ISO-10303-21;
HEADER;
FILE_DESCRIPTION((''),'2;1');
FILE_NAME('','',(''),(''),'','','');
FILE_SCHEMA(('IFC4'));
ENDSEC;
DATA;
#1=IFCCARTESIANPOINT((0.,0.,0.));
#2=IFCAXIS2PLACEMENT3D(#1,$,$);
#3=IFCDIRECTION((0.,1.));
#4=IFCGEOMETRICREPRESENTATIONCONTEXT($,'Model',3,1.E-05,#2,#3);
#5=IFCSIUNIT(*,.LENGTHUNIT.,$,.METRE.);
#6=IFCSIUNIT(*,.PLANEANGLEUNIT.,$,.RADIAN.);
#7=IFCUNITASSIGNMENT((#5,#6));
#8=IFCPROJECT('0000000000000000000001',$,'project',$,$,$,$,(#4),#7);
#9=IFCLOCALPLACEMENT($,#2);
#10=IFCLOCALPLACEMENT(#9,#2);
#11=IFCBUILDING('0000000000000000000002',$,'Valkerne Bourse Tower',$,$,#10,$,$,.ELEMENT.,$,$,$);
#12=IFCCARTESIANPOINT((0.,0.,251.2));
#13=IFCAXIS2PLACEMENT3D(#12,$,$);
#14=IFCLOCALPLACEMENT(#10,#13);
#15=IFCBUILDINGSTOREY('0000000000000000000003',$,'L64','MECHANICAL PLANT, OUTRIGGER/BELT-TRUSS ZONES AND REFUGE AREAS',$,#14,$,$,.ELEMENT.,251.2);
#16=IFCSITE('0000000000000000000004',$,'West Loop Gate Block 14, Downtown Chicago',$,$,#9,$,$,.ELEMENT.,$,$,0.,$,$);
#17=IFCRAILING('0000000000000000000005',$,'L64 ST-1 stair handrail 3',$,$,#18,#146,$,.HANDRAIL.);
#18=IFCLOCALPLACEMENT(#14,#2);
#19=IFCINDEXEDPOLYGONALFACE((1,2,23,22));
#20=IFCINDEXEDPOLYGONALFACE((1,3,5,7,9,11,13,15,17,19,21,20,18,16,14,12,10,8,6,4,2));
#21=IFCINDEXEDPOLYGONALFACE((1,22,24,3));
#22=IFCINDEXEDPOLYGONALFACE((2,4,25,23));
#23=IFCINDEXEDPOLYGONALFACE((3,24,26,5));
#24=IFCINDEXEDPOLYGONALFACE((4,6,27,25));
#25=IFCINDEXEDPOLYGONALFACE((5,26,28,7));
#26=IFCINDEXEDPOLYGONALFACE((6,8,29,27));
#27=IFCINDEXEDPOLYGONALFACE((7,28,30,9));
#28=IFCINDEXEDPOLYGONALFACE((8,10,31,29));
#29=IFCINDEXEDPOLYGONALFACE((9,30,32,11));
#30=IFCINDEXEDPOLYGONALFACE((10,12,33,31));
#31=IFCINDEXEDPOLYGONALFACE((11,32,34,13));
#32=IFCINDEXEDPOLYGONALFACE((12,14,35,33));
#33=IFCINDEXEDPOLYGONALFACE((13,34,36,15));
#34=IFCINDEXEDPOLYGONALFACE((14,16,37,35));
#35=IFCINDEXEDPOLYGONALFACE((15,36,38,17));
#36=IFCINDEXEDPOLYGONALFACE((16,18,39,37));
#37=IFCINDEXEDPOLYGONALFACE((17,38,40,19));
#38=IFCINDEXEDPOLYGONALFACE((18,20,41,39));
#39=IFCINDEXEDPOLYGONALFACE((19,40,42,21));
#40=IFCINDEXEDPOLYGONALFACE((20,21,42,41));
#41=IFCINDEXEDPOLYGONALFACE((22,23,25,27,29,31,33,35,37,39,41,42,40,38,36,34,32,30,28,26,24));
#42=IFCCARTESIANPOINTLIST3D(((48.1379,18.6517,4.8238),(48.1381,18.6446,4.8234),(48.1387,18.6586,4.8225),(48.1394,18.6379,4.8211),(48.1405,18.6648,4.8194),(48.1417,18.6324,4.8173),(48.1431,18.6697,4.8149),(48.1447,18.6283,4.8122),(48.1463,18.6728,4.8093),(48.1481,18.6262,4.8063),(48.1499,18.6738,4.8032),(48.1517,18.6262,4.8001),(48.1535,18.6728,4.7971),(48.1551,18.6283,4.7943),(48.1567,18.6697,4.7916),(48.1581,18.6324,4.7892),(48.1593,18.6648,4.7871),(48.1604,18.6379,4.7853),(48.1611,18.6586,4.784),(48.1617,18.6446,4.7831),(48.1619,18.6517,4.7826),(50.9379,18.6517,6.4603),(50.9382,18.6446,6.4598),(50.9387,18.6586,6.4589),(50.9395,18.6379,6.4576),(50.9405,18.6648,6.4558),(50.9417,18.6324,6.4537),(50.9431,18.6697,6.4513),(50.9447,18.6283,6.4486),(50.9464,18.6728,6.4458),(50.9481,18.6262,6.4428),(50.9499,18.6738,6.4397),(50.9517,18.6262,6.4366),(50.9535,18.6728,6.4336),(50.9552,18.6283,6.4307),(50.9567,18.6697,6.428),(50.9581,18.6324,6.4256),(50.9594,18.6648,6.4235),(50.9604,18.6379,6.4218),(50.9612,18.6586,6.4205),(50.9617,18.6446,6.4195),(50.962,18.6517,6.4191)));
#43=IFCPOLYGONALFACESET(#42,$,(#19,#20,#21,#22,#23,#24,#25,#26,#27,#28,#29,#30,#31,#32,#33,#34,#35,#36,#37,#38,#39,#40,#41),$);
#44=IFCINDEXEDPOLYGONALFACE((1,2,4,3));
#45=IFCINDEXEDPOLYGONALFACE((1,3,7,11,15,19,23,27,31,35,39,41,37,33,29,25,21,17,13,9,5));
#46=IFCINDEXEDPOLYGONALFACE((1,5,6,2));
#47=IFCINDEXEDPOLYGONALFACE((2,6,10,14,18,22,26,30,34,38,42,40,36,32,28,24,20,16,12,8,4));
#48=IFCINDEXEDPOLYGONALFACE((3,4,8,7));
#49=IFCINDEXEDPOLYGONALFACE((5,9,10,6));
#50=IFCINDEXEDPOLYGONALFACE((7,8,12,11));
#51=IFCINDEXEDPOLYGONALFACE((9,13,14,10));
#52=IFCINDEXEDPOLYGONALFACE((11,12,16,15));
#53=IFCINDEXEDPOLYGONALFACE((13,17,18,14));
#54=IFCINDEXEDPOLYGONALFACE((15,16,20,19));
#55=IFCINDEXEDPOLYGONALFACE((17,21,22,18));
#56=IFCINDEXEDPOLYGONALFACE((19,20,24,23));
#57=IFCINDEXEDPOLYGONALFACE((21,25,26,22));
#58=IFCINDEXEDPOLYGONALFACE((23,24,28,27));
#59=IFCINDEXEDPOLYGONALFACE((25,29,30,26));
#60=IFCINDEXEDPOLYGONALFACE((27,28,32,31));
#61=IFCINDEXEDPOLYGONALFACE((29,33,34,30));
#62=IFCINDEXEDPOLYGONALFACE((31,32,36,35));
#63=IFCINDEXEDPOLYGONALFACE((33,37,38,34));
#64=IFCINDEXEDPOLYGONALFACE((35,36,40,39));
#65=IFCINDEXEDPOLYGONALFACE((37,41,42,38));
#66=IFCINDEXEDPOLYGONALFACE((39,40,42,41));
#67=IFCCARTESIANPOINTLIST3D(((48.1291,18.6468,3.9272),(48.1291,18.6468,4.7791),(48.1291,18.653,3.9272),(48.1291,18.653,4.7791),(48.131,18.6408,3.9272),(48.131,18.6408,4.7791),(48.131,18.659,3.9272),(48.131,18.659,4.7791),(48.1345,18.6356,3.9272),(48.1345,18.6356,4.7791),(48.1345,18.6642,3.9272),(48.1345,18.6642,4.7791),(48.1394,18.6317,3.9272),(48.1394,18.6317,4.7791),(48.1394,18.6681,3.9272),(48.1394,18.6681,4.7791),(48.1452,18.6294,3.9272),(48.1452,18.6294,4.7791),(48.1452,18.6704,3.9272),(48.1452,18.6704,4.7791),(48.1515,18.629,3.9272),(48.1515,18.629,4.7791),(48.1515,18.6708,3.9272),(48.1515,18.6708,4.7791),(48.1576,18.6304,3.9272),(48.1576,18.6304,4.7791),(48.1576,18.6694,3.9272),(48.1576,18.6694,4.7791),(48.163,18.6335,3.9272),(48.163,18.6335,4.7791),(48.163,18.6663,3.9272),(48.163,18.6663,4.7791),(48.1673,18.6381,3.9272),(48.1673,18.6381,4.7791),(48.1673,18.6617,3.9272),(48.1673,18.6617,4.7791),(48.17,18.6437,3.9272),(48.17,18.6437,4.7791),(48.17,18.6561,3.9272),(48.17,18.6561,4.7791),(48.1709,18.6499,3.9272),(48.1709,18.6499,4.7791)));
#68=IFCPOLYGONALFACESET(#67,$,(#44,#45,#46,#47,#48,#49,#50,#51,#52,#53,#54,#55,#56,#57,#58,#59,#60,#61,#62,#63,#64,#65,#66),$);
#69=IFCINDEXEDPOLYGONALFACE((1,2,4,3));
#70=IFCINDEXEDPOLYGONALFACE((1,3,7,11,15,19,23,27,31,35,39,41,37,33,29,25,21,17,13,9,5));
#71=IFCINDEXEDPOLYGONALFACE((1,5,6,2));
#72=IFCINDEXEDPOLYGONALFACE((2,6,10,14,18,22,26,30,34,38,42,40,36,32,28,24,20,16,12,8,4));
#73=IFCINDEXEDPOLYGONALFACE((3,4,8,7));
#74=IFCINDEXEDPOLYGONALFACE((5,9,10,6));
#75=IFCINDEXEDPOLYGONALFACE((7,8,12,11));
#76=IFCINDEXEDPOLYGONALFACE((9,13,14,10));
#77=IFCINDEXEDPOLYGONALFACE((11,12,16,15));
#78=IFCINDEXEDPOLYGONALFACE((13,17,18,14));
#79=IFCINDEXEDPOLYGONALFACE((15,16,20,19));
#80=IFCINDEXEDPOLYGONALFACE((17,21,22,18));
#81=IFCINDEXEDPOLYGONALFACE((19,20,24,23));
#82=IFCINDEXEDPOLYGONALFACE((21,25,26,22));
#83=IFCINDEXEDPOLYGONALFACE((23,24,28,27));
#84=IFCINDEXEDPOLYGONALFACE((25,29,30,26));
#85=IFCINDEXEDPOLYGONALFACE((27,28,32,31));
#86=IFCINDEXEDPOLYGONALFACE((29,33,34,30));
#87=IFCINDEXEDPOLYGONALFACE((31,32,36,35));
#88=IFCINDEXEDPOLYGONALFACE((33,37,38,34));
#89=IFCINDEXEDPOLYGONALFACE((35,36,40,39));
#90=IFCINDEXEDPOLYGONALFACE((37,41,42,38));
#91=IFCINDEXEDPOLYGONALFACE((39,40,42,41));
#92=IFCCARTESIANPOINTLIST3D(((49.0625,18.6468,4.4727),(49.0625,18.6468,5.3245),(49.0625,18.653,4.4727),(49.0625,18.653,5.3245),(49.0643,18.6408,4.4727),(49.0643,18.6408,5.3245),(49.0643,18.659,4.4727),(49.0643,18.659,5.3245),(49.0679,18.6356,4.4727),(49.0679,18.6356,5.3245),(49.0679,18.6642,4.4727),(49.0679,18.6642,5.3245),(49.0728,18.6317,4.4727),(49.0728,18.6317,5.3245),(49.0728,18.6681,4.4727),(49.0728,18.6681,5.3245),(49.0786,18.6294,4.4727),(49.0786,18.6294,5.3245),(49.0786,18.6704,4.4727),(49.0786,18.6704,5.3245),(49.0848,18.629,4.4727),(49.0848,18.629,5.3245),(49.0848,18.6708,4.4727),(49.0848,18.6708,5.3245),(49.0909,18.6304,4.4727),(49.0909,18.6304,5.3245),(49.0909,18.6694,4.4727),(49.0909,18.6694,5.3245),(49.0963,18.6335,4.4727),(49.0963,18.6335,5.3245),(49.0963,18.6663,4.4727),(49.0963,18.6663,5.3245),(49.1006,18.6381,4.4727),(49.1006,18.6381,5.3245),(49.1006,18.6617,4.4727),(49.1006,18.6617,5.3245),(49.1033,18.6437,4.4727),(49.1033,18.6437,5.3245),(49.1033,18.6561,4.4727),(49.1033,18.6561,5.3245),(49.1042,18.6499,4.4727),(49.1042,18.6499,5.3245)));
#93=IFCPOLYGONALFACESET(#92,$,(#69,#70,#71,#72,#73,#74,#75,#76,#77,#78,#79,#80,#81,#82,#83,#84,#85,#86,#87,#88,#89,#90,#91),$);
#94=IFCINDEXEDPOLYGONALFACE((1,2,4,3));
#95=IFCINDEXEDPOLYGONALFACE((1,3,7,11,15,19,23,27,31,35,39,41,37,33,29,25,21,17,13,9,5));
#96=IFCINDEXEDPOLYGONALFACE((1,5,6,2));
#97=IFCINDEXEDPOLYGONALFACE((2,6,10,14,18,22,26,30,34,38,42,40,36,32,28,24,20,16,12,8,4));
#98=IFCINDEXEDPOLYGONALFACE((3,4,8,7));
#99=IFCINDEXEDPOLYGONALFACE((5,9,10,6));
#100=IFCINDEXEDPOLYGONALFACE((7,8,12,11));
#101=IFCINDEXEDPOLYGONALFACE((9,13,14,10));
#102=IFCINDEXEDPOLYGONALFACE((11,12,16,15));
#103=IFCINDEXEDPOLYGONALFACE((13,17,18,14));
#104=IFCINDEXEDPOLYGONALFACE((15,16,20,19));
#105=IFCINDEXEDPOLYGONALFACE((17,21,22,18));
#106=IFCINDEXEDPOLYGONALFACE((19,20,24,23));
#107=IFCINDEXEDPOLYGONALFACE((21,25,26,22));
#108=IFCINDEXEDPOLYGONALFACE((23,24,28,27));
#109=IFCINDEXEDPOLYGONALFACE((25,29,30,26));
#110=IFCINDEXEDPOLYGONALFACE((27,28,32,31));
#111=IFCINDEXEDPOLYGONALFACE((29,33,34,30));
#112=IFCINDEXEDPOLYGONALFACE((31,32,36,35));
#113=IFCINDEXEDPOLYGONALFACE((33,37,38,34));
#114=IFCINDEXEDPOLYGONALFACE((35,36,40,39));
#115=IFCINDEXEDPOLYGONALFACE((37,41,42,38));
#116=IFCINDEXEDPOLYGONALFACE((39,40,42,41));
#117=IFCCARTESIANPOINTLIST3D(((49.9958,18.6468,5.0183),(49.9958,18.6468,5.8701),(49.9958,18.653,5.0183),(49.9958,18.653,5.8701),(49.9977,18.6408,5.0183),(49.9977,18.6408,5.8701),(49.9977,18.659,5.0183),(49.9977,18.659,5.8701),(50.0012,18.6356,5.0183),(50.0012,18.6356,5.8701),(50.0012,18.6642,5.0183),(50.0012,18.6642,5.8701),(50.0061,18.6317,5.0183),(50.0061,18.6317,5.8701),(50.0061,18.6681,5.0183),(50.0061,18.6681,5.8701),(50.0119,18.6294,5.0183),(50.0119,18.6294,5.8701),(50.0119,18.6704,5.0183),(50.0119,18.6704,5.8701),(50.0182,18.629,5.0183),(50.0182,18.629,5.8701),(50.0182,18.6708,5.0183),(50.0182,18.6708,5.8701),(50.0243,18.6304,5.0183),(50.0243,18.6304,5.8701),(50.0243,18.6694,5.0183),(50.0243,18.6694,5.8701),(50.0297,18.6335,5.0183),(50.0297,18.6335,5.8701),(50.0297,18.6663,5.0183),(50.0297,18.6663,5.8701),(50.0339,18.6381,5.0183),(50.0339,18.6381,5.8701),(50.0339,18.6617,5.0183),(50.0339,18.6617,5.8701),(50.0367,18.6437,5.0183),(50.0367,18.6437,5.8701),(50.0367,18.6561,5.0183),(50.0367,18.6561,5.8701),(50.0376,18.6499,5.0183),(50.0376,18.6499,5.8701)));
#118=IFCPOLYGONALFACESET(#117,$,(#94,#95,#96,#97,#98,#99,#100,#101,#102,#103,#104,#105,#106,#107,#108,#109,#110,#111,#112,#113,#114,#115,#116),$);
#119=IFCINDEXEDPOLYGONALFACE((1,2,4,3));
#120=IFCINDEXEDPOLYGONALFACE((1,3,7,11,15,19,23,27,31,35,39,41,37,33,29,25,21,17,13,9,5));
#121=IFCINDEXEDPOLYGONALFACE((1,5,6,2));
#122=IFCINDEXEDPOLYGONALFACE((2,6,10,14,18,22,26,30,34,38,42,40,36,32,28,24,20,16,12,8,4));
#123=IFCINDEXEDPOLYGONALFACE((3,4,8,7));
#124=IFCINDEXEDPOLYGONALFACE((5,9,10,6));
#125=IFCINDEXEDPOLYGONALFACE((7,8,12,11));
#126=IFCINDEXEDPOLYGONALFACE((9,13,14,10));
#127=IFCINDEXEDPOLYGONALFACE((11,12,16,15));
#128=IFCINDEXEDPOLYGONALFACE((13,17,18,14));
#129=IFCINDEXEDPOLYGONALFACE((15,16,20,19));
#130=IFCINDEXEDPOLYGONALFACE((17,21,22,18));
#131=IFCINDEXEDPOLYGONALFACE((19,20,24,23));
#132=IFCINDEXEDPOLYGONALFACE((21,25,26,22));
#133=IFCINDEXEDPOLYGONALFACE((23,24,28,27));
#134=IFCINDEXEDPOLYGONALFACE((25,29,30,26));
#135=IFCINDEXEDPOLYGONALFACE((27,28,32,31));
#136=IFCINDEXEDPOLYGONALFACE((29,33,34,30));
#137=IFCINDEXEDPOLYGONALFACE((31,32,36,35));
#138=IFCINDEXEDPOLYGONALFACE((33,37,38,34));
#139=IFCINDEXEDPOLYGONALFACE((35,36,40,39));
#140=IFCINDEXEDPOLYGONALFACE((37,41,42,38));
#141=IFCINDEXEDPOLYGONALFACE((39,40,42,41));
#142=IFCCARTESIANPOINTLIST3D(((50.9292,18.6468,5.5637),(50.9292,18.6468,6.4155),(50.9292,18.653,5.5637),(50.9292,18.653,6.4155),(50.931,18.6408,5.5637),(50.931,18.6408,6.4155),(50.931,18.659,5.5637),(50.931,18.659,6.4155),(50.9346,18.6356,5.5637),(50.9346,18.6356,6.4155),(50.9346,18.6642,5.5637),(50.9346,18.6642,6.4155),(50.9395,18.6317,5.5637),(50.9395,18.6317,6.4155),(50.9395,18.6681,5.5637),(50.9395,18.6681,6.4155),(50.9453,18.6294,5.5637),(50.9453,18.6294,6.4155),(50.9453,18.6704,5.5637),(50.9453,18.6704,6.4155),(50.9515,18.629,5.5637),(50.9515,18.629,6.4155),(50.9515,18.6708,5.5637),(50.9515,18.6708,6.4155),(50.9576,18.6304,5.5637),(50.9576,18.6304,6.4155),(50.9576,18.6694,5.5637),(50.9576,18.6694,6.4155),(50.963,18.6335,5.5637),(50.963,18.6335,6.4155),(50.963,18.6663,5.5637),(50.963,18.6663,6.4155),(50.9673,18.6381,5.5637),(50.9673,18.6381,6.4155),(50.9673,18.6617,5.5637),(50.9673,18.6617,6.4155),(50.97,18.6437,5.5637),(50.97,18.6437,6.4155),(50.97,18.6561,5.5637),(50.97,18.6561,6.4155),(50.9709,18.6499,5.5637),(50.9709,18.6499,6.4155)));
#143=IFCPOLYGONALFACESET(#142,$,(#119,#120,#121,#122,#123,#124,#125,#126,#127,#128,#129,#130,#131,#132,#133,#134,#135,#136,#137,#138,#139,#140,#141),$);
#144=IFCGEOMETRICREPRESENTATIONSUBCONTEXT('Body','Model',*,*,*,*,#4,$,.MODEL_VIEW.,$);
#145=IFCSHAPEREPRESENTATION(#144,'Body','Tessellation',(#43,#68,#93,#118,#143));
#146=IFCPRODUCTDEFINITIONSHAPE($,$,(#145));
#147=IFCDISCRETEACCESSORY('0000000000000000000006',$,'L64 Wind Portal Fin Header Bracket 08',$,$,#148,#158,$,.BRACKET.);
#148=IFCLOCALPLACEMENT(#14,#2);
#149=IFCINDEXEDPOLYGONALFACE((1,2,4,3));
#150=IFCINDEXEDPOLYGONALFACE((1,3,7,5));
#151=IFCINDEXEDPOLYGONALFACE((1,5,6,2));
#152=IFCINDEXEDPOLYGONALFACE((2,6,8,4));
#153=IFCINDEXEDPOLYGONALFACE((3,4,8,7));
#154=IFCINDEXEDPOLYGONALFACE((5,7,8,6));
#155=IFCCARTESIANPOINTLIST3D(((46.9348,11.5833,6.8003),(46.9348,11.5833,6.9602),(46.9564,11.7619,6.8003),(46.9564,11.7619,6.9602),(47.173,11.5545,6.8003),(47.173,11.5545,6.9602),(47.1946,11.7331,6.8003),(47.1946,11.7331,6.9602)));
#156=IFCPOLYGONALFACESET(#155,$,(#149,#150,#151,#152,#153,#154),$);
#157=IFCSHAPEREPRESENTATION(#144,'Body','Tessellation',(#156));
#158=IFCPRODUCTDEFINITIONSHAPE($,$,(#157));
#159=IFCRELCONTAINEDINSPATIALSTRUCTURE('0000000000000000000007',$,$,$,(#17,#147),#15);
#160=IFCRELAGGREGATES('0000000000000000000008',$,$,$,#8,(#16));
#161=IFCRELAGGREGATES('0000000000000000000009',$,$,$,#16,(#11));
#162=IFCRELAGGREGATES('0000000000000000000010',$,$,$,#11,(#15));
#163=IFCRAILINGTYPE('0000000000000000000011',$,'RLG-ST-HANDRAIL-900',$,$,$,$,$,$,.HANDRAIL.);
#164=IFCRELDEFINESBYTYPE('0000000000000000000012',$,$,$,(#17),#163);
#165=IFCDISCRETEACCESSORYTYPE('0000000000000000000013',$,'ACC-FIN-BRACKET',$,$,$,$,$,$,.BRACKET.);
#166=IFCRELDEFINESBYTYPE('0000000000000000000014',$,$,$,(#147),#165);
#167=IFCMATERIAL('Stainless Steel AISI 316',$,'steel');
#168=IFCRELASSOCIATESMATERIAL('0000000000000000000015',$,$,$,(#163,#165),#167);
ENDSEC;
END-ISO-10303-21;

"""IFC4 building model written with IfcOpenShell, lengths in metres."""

from ifc_helpers import new_model, si_unit, direction, frame, origin, origin_2d, place, context, subcontext, project, spatial, rectangle, circle, extrude, material, type_object, element, save


model = new_model("IFC4")

# Units and contexts
model_context = context("Model", 3, precision=1e-05, world=origin(), true_north=direction((0.0, 1.0)))
body_context = subcontext(model_context, "Body", "Model", "MODEL_VIEW")
ifc_project = project(units=[si_unit("LENGTHUNIT", "METRE"), si_unit("PLANEANGLEUNIT", "RADIAN")], contexts=[model_context])

# Site, building, storey
site_placement = place(None, origin())
site = spatial("IfcSite", under=ifc_project, at=site_placement, Name="West Loop Gate Block 14, Downtown Chicago", CompositionType="ELEMENT", RefElevation=0.0)
building_placement = place(site_placement, origin())
building = spatial("IfcBuilding", under=site, at=building_placement, Name="Valkerne Bourse Tower", CompositionType="ELEMENT")
storey_placement = place(building_placement, frame((0.0, 0.0, 251.2)))
storey = spatial("IfcBuildingStorey", under=building, at=storey_placement, Name="L64", Description="MECHANICAL PLANT, OUTRIGGER/BELT-TRUSS ZONES AND REFUGE AREAS", CompositionType="ELEMENT", Elevation=251.2)

# Railing
ifc_material_1 = material(Name="Stainless Steel AISI 316", Category="steel")
railing_type_1 = type_object("IfcRailingType", Name="RLG-ST-HANDRAIL-900", PredefinedType="HANDRAIL", material=ifc_material_1)
railing_1_placement = place(storey_placement, frame((48.1499, 18.6499, 3.9272)))
element("IfcRailing", 1, at=railing_1_placement, inside=storey, type_object=railing_type_1, Name="L64 ST-1 stair handrail 3", PredefinedType="HANDRAIL", context=body_context, shape_type="SweptSolid", body=[
    extrude(circle(Radius=0.0239, at=origin_2d()), frame((0.0, 0.0, 0.876), z_axis=(0.863361, 0.0, 0.504587), x_axis=(0.0, 1.0, 0.0)), (0.0, 0.0, 1.0), 3.2432),
    extrude(circle(Radius=0.021, at=origin_2d()), origin(), (0.0, 0.0, 1.0), 0.8518),
    extrude(circle(Radius=0.021, at=origin_2d()), frame((0.9333, 0.0, 0.5454)), (0.0, 0.0, 1.0), 0.8518),
    extrude(circle(Radius=0.021, at=origin_2d()), frame((1.8667, 0.0, 1.0911)), (0.0, 0.0, 1.0), 0.8518),
    extrude(circle(Radius=0.021, at=origin_2d()), frame((2.8, 0.0, 1.6365)), (0.0, 0.0, 1.0), 0.8518),
])

# Discrete accessory
discrete_accessory_type = type_object("IfcDiscreteAccessoryType", Name="ACC-FIN-BRACKET", PredefinedType="BRACKET", material=ifc_material_1)
discrete_accessory_placement = place(storey_placement, frame((47.0647, 11.6582, 6.8003), z_axis=(0.0, 0.0, 1.0), x_axis=(0.992757, -0.120137, 0.0)))
element("IfcDiscreteAccessory", 2, at=discrete_accessory_placement, inside=storey, type_object=discrete_accessory_type, Name="L64 Wind Portal Fin Header Bracket 08", PredefinedType="BRACKET", context=body_context, shape_type="SweptSolid", body=[
    extrude(rectangle(XDim=0.24, YDim=0.1799, at=origin_2d()), origin(), (0.0, 0.0, 1.0), 0.1599),
])

save(model, "model.ifc")
